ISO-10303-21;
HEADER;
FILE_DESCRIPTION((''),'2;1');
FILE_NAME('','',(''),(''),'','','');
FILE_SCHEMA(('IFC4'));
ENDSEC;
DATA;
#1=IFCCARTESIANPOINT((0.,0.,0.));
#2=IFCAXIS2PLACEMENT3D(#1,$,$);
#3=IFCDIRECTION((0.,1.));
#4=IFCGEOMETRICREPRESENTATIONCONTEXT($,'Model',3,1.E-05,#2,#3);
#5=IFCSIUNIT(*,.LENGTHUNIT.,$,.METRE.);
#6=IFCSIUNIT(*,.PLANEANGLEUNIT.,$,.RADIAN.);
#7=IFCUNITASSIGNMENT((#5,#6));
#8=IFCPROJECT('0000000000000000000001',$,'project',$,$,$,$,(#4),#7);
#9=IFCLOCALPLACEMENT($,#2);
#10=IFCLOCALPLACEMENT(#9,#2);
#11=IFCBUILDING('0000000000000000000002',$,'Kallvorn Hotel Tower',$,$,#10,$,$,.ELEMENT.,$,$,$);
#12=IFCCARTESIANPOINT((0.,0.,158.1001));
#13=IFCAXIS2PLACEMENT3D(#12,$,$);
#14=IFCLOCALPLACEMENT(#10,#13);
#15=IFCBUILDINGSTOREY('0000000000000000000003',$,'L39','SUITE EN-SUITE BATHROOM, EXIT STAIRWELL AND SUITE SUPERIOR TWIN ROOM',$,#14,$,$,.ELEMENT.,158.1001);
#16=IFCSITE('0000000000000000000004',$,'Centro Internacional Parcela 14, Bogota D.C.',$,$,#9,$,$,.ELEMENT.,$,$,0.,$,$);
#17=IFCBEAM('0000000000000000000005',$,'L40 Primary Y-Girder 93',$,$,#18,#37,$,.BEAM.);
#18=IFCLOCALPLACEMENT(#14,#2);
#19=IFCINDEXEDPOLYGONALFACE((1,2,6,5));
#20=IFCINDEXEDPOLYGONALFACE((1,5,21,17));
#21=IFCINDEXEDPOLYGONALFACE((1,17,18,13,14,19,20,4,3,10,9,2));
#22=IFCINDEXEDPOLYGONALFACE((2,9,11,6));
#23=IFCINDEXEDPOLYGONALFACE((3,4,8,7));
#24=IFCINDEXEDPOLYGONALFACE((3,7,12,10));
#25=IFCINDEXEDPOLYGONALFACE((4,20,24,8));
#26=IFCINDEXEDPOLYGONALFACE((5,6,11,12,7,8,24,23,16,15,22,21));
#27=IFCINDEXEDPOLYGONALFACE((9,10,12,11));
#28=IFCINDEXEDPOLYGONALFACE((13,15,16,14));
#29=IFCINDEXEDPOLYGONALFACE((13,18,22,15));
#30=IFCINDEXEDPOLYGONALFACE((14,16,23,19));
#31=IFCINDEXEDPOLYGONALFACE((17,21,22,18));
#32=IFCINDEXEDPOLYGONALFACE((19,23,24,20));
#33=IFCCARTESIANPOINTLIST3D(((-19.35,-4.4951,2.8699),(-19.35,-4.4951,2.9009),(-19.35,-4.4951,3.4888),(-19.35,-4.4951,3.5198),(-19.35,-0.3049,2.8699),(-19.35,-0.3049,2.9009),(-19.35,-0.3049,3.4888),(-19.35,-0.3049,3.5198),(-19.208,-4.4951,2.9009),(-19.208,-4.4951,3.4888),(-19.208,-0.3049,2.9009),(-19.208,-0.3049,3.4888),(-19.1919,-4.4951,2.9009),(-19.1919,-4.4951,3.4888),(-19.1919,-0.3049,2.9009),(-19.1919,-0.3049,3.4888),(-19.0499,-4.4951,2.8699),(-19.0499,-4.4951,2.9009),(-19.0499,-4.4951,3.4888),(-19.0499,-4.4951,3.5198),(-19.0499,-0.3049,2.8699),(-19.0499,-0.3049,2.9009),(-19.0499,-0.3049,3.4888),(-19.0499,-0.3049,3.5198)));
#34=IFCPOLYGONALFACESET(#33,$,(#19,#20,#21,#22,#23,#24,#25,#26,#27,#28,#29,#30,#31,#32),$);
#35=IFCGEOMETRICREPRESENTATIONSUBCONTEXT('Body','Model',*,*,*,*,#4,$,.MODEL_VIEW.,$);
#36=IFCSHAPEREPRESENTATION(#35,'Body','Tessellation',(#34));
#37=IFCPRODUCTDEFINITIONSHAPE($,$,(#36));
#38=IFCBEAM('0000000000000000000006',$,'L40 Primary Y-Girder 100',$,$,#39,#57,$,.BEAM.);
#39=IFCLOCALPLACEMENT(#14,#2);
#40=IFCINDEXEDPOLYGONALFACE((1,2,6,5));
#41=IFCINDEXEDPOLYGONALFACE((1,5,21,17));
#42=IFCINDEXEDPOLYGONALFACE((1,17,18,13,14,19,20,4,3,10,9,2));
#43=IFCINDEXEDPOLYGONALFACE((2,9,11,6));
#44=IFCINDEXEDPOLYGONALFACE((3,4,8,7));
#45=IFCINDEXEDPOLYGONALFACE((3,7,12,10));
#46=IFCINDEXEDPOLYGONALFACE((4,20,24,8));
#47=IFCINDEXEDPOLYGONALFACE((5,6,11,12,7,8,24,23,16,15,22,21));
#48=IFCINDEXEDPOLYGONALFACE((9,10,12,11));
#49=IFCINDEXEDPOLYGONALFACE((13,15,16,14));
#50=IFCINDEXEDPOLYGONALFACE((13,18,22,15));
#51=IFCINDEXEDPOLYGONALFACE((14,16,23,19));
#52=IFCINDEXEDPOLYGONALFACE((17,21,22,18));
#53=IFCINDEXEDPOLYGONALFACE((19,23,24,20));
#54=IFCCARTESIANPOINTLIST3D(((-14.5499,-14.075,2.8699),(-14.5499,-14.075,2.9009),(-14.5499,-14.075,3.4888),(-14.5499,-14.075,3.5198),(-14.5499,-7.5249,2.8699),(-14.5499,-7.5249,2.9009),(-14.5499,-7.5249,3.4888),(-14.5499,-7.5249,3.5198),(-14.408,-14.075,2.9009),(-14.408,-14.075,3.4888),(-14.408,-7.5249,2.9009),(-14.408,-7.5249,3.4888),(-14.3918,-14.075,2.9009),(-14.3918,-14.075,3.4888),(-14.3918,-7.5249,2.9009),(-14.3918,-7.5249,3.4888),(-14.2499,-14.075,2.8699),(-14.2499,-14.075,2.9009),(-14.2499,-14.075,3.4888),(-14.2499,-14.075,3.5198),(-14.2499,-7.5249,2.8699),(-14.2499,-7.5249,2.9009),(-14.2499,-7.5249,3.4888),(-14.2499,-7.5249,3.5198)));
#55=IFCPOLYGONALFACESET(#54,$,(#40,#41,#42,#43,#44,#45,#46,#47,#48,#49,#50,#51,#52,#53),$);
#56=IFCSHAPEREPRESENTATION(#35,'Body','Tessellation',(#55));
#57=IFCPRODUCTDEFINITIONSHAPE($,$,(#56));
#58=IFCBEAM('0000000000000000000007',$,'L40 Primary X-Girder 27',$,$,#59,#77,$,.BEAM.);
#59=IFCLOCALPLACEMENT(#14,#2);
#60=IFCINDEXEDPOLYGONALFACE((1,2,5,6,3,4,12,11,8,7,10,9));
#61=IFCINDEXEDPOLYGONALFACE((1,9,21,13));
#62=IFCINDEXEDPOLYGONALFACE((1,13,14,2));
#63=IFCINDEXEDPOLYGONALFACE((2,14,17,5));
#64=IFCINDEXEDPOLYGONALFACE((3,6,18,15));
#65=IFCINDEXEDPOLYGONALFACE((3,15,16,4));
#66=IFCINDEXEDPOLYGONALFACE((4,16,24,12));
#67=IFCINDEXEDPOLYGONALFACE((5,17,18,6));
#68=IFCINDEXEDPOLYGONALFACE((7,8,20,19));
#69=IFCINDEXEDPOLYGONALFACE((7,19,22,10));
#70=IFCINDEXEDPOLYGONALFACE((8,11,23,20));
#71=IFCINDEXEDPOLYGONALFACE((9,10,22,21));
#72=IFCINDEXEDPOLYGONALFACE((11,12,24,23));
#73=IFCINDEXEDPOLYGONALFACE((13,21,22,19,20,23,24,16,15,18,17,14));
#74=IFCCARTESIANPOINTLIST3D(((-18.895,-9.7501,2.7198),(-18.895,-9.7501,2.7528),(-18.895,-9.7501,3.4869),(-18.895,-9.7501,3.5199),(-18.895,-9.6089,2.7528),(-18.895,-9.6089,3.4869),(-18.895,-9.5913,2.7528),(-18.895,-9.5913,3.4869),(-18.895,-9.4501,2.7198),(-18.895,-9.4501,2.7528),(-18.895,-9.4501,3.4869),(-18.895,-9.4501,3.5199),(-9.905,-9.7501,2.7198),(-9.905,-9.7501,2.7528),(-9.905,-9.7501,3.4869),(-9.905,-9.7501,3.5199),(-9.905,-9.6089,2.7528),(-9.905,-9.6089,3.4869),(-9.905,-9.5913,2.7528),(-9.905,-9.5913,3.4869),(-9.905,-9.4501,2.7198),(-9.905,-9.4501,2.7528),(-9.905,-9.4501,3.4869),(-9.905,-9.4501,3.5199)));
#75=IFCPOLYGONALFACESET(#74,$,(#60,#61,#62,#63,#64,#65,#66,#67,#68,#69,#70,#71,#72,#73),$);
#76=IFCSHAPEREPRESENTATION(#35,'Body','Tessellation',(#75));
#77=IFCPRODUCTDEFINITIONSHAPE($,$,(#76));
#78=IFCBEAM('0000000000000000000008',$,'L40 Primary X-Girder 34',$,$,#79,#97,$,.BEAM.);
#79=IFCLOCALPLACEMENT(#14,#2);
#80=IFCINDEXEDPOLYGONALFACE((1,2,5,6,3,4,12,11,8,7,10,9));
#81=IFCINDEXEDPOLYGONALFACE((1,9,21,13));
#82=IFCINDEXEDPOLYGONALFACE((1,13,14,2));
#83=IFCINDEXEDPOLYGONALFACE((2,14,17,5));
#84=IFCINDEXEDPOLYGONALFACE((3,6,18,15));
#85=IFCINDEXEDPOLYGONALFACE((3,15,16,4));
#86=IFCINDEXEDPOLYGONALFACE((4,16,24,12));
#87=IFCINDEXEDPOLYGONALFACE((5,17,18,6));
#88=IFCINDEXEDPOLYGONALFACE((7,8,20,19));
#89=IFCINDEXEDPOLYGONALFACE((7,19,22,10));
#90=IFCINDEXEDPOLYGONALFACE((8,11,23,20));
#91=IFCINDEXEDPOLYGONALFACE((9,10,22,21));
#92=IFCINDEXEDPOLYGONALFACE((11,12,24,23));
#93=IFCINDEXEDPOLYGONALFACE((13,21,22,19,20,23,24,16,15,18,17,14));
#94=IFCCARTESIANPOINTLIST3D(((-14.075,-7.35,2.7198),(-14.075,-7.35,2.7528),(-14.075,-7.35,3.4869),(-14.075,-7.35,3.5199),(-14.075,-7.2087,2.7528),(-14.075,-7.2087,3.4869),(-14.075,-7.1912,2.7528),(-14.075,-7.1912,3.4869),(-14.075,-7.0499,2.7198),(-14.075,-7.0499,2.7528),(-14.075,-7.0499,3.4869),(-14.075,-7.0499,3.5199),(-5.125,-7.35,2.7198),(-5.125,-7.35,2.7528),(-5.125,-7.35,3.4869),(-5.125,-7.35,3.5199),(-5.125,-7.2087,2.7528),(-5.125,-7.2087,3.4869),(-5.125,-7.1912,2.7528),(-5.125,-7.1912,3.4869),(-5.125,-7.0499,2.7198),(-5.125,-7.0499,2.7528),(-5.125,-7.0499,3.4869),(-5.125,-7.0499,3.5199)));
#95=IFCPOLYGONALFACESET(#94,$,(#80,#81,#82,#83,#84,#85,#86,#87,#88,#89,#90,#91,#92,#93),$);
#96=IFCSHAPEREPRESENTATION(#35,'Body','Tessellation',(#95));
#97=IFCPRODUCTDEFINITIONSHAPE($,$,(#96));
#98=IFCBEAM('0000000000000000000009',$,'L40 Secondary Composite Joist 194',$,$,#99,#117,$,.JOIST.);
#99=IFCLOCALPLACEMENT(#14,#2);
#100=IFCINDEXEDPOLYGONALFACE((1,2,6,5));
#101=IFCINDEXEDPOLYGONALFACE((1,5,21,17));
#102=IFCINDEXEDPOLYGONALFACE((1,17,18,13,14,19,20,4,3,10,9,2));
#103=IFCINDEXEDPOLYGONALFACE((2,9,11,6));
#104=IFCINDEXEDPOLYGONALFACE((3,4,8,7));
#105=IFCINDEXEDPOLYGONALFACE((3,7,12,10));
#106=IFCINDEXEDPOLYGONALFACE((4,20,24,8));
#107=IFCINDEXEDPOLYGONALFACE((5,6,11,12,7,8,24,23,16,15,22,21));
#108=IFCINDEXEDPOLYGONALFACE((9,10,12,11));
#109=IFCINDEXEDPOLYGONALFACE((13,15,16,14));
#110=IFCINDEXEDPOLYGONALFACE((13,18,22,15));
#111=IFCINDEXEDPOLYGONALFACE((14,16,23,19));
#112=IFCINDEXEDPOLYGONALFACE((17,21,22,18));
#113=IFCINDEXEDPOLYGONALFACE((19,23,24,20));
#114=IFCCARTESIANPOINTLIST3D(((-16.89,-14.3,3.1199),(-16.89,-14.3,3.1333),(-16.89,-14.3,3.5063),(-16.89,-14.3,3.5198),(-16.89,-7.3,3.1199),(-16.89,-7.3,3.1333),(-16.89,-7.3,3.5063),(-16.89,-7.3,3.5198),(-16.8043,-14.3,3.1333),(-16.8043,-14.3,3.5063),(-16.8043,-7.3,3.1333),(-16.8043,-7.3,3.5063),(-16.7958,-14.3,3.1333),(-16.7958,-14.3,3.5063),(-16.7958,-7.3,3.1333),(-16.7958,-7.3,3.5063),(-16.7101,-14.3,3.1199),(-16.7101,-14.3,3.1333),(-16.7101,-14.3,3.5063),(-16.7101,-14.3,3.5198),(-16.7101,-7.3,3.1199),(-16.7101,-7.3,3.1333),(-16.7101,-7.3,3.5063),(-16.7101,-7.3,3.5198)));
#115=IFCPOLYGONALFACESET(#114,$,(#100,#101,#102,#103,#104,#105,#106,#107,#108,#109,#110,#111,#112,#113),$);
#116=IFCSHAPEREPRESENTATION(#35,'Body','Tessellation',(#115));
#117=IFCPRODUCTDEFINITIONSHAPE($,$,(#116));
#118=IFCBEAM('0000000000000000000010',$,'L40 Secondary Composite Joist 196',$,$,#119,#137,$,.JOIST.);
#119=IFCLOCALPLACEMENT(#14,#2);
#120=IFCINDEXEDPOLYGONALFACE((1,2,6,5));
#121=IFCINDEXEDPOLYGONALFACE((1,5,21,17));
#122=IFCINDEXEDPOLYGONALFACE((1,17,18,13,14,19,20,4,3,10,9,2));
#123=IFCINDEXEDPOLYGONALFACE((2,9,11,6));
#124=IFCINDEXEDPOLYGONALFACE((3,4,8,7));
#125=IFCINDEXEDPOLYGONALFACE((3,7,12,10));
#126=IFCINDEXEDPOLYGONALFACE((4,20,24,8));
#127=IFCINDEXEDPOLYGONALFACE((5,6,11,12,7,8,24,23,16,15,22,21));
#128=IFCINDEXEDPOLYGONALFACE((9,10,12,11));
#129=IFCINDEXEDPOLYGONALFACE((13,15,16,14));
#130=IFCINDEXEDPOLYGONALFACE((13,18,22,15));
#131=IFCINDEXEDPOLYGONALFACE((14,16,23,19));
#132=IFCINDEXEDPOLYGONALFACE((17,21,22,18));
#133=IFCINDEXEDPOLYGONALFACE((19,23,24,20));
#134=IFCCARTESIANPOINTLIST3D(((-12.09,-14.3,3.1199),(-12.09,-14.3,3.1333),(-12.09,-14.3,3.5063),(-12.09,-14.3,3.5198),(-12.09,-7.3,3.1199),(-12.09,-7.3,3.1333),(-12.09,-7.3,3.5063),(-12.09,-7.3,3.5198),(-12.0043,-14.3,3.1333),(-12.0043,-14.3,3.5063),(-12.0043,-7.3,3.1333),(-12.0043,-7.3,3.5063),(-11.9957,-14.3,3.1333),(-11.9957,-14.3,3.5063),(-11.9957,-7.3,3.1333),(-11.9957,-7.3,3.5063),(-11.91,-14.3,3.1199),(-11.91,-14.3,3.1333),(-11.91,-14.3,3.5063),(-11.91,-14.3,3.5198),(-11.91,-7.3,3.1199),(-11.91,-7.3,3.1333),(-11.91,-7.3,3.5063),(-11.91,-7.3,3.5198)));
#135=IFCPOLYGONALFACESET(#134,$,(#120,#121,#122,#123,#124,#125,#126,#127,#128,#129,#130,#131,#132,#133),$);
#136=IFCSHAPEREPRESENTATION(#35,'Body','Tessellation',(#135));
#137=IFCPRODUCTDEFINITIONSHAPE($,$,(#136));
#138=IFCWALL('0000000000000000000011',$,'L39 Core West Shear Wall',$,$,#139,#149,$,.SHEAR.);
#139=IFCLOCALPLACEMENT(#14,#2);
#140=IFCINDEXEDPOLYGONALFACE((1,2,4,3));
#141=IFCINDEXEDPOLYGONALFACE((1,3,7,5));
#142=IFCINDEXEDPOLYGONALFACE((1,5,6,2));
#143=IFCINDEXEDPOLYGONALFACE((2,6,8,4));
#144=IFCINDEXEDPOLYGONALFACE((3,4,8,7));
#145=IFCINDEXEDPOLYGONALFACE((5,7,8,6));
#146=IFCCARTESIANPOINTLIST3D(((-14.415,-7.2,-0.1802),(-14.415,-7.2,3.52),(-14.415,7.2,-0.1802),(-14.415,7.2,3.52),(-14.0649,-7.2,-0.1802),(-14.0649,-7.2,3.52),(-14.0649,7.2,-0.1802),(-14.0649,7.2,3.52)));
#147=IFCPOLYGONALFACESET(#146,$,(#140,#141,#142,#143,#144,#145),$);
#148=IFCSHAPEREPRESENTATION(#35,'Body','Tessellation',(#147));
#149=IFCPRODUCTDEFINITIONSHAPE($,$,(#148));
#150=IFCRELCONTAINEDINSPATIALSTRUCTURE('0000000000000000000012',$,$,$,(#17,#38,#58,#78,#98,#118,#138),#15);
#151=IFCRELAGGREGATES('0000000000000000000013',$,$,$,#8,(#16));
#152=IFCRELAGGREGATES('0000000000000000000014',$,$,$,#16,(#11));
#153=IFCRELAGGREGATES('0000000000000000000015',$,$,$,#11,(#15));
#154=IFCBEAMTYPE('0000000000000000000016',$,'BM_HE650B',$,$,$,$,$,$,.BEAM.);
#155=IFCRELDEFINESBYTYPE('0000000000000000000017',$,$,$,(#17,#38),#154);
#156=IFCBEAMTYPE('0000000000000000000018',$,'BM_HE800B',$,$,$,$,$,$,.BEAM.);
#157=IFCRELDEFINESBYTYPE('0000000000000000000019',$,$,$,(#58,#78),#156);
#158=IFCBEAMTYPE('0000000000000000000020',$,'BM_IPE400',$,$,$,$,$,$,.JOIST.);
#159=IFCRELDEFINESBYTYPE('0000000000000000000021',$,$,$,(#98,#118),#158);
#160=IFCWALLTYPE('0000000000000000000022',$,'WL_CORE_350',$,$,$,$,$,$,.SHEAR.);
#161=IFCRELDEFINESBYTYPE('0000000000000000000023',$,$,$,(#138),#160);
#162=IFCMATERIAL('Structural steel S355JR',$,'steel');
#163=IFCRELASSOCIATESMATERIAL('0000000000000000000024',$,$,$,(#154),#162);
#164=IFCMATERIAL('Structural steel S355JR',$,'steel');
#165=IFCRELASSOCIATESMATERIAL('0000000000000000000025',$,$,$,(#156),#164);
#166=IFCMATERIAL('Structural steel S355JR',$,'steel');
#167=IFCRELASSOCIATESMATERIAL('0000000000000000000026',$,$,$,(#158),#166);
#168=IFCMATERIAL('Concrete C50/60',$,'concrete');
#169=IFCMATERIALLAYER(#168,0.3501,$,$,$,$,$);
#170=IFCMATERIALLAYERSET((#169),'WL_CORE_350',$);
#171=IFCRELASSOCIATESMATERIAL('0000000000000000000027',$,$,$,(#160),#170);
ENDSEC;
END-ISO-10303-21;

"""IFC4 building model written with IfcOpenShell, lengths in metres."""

from ifc_helpers import new_model, si_unit, direction, frame, frame_2d, origin, origin_2d, place, context, subcontext, project, spatial, rectangle, i_section, extrude, material, layer, layer_set, material_profile, profile_set, type_object, element, save


model = new_model("IFC4")

# Units and contexts
model_context = context("Model", 3, precision=1e-05, world=origin(), true_north=direction((0.0, 1.0)))
body_context = subcontext(model_context, "Body", "Model", "MODEL_VIEW")
ifc_project = project(units=[si_unit("LENGTHUNIT", "METRE"), si_unit("PLANEANGLEUNIT", "RADIAN")], contexts=[model_context])

# Site, building, storey
site_placement = place(None, origin())
site = spatial("IfcSite", under=ifc_project, at=site_placement, Name="Centro Internacional Parcela 14, Bogota D.C.", CompositionType="ELEMENT", RefElevation=0.0)
building_placement = place(site_placement, origin())
building = spatial("IfcBuilding", under=site, at=building_placement, Name="Kallvorn Hotel Tower", CompositionType="ELEMENT")
storey_placement = place(building_placement, frame((0.0, 0.0, 158.1001)))
storey = spatial("IfcBuildingStorey", under=building, at=storey_placement, Name="L39", Description="SUITE EN-SUITE BATHROOM, EXIT STAIRWELL AND SUITE SUPERIOR TWIN ROOM", CompositionType="ELEMENT", Elevation=158.1001)

# Beams
ifc_material_1 = material(Name="Structural steel S355JR", Category="steel")
ifc_material_profile_1 = material_profile(ifc_material_1, i_section(OverallWidth=0.3, OverallDepth=0.6499, WebThickness=0.0161, FlangeThickness=0.031, at=origin_2d()), Name="HE 650 B")
ifc_profile_set_1 = profile_set([ifc_material_profile_1], Name="Structural steel S355JR")
beam_type_1 = type_object("IfcBeamType", Name="BM_HE650B", PredefinedType="BEAM", material=ifc_profile_set_1)
beam_1_placement = place(storey_placement, frame((-19.2, -4.4951, 3.1948), z_axis=(0.0, 1.0, 0.0), x_axis=(-1.0, 0.0, 0.0)))
element("IfcBeam", 1, at=beam_1_placement, inside=storey, type_object=beam_type_1, Name="L40 Primary Y-Girder 93", PredefinedType="BEAM", context=body_context, shape_type="SweptSolid", body=[
    extrude(i_section(OverallWidth=0.3, OverallDepth=0.6499, WebThickness=0.0161, FlangeThickness=0.031, at=origin_2d()), origin(), (0.0, 0.0, 1.0), 4.1902),
])
beam_2_placement = place(storey_placement, frame((-14.3999, -14.075, 3.1948), z_axis=(0.0, 1.0, 0.0), x_axis=(-1.0, 0.0, 0.0)))
element("IfcBeam", 2, at=beam_2_placement, inside=storey, type_object=beam_type_1, Name="L40 Primary Y-Girder 100", PredefinedType="BEAM", context=body_context, shape_type="SweptSolid", body=[
    extrude(i_section(OverallWidth=0.3, OverallDepth=0.6499, WebThickness=0.0161, FlangeThickness=0.031, at=origin_2d()), origin(), (0.0, 0.0, 1.0), 6.55),
])
ifc_material_2 = material(Name="Structural steel S355JR", Category="steel")
ifc_material_profile_2 = material_profile(ifc_material_2, i_section(OverallWidth=0.3, OverallDepth=0.8, WebThickness=0.0176, FlangeThickness=0.033, at=origin_2d()), Name="HE 800 B")
ifc_profile_set_2 = profile_set([ifc_material_profile_2], Name="Structural steel S355JR")
beam_type_2 = type_object("IfcBeamType", Name="BM_HE800B", PredefinedType="BEAM", material=ifc_profile_set_2)
beam_3_placement = place(storey_placement, frame((-18.895, -9.6001, 3.1199), z_axis=(1.0, 0.0, 0.0), x_axis=(0.0, 1.0, 0.0)))
element("IfcBeam", 3, at=beam_3_placement, inside=storey, type_object=beam_type_2, Name="L40 Primary X-Girder 27", PredefinedType="BEAM", context=body_context, shape_type="SweptSolid", body=[
    extrude(i_section(OverallWidth=0.3, OverallDepth=0.8, WebThickness=0.0176, FlangeThickness=0.033, at=origin_2d()), origin(), (0.0, 0.0, 1.0), 8.99),
])
beam_4_placement = place(storey_placement, frame((-14.075, -7.2, 3.1199), z_axis=(1.0, 0.0, 0.0), x_axis=(0.0, 1.0, 0.0)))
element("IfcBeam", 4, at=beam_4_placement, inside=storey, type_object=beam_type_2, Name="L40 Primary X-Girder 34", PredefinedType="BEAM", context=body_context, shape_type="SweptSolid", body=[
    extrude(i_section(OverallWidth=0.3, OverallDepth=0.8, WebThickness=0.0176, FlangeThickness=0.033, at=origin_2d()), origin(), (0.0, 0.0, 1.0), 8.95),
])
ifc_material_3 = material(Name="Structural steel S355JR", Category="steel")
ifc_material_profile_3 = material_profile(ifc_material_3, i_section(OverallWidth=0.1799, OverallDepth=0.3999, WebThickness=0.0085, FlangeThickness=0.0134, at=origin_2d()), Name="IPE 400")
ifc_profile_set_3 = profile_set([ifc_material_profile_3], Name="Structural steel S355JR")
beam_type_3 = type_object("IfcBeamType", Name="BM_IPE400", PredefinedType="JOIST", material=ifc_profile_set_3)
for number, where, z_axis, x_axis, name in (
    (5, (-16.8, -14.3, 3.3198), (0.0, 1.0, 0.0), (-1.0, 0.0, 0.0), "L40 Secondary Composite Joist 194"),
    (6, (-12.0, -14.3, 3.3198), (0.0, 1.0, 0.0), (-1.0, 0.0, 0.0), "L40 Secondary Composite Joist 196"),
):
    element("IfcBeam", number, at=place(storey_placement, frame(where, z_axis=z_axis, x_axis=x_axis)), inside=storey, type_object=beam_type_3, Name=name, PredefinedType="JOIST", context=body_context, shape_type="SweptSolid", body=[
        extrude(i_section(OverallWidth=0.1799, OverallDepth=0.3999, WebThickness=0.0085, FlangeThickness=0.0134, at=origin_2d()), origin(), (0.0, 0.0, 1.0), 7.0),
    ])

# Wall
ifc_material_4 = material(Name="Concrete C50/60", Category="concrete")
ifc_layer_1 = layer(ifc_material_4, 0.3501)
ifc_layer_set_1 = layer_set([ifc_layer_1], Name="WL_CORE_350")
wall_type_1 = type_object("IfcWallType", Name="WL_CORE_350", PredefinedType="SHEAR", material=ifc_layer_set_1)
wall_1_placement = place(storey_placement, frame((-14.24, -7.2, -0.1802), z_axis=(0.0, 0.0, 1.0), x_axis=(0.0, 1.0, 0.0)))
element("IfcWall", 7, at=wall_1_placement, inside=storey, type_object=wall_type_1, Name="L39 Core West Shear Wall", PredefinedType="SHEAR", context=body_context, shape_type="SweptSolid", body=[
    extrude(rectangle(XDim=14.3999, YDim=0.3501, at=frame_2d((7.2, 0.0))), origin(), (0.0, 0.0, 1.0), 3.7002),
])

save(model, "model.ifc")
